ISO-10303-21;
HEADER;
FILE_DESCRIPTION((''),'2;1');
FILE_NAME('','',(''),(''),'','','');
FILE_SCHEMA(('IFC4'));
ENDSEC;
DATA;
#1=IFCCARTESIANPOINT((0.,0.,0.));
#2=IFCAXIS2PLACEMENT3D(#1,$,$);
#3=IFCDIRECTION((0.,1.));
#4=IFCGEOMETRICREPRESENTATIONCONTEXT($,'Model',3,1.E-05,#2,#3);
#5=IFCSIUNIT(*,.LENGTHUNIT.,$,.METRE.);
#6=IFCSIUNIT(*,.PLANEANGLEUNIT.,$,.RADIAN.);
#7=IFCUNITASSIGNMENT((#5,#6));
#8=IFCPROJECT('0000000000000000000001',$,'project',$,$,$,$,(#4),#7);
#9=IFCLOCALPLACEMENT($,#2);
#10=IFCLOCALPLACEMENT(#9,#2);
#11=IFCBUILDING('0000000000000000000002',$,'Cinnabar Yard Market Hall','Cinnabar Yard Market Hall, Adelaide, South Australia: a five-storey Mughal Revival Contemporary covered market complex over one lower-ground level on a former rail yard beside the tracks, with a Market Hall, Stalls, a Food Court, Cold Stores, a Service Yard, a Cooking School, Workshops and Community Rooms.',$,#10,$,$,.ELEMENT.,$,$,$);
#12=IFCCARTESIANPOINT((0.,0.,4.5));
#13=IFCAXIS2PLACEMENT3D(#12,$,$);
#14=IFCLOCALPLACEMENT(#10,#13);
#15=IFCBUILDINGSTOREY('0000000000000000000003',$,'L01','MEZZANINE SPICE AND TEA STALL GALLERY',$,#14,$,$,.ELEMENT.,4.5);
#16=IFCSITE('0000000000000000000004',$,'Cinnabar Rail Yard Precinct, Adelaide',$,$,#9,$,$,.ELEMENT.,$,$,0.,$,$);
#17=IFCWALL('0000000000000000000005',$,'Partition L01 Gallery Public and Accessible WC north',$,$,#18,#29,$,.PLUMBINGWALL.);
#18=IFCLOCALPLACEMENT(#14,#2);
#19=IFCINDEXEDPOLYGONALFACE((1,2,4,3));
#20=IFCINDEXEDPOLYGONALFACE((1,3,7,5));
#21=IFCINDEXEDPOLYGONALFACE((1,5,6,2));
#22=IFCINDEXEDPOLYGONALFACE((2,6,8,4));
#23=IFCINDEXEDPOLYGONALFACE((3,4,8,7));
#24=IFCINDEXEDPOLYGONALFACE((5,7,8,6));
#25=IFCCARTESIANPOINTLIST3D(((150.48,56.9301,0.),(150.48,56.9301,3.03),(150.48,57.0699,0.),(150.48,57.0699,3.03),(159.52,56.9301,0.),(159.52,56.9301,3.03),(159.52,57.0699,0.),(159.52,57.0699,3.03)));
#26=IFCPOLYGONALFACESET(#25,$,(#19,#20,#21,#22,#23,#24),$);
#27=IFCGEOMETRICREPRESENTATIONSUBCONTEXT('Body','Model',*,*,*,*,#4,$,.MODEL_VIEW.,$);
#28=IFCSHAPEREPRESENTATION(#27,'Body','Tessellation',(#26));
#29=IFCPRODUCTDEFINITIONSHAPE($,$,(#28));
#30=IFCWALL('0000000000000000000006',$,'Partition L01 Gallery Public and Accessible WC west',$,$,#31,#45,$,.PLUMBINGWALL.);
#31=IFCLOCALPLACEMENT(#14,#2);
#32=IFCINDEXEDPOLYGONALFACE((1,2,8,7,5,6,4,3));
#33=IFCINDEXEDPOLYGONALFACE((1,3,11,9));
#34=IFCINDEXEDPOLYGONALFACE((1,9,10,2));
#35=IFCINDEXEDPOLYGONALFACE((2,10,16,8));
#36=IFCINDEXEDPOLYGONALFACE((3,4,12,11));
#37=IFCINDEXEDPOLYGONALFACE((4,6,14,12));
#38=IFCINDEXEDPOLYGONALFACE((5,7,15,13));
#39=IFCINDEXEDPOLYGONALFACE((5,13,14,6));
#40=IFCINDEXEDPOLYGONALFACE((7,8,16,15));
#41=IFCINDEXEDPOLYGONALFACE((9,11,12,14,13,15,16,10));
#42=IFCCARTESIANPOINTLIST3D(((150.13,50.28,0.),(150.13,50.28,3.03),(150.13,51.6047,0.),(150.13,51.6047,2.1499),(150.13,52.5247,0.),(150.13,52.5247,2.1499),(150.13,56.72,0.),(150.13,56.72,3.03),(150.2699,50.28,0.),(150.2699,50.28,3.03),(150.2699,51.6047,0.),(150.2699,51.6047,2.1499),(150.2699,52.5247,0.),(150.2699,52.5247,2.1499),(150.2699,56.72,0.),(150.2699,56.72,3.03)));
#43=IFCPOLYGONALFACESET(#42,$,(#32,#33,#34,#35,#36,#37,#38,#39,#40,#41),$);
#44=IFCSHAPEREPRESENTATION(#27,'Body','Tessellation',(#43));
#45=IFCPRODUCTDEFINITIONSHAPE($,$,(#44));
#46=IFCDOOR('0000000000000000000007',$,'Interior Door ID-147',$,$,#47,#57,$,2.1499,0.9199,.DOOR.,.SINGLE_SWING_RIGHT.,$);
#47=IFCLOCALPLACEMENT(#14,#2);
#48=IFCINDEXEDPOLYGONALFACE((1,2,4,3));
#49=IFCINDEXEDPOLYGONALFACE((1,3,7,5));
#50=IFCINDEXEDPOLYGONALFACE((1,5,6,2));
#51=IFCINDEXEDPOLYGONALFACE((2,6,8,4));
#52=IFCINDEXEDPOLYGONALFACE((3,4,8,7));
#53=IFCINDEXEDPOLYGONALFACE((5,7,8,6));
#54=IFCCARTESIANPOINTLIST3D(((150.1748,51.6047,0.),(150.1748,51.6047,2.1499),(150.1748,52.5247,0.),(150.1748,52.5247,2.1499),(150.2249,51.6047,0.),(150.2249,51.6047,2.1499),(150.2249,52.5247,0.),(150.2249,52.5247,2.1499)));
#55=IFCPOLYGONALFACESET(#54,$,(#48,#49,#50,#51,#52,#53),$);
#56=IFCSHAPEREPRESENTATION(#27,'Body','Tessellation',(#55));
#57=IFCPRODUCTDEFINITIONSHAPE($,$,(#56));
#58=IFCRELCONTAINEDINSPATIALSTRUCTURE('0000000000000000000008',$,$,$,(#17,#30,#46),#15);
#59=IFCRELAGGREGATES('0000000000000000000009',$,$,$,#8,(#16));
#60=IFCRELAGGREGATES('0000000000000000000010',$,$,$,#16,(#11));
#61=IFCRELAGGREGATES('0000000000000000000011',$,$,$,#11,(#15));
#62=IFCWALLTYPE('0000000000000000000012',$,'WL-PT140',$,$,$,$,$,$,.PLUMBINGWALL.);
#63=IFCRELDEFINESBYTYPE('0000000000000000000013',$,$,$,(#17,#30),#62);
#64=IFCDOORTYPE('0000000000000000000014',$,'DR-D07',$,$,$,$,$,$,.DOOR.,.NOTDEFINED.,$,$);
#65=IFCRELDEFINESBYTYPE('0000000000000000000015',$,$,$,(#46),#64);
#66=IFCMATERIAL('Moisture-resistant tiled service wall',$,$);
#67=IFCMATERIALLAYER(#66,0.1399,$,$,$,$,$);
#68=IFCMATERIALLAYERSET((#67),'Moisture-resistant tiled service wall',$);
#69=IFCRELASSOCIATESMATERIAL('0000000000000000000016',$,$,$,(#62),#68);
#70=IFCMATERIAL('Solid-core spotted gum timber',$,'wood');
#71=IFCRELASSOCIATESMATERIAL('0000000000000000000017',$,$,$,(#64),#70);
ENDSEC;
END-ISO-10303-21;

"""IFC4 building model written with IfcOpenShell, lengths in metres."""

from ifc_helpers import new_model, si_unit, direction, frame, frame_2d, origin, place, context, subcontext, project, spatial, rectangle, extrude, material, layer, layer_set, type_object, element, fill, save


model = new_model("IFC4")

# Units and contexts
model_context = context("Model", 3, precision=1e-05, world=origin(), true_north=direction((0.0, 1.0)))
body_context = subcontext(model_context, "Body", "Model", "MODEL_VIEW")
ifc_project = project(units=[si_unit("LENGTHUNIT", "METRE"), si_unit("PLANEANGLEUNIT", "RADIAN")], contexts=[model_context])

# Site, building, storey
site_placement = place(None, origin())
site = spatial("IfcSite", under=ifc_project, at=site_placement, Name="Cinnabar Rail Yard Precinct, Adelaide", CompositionType="ELEMENT", RefElevation=0.0)
building_placement = place(site_placement, origin())
building = spatial("IfcBuilding", under=site, at=building_placement, Name="Cinnabar Yard Market Hall", Description="Cinnabar Yard Market Hall, Adelaide, South Australia: a five-storey Mughal Revival Contemporary covered market complex over one lower-ground level on a former rail yard beside the tracks, with a Market Hall, Stalls, a Food Court, Cold Stores, a Service Yard, a Cooking School, Workshops and Community Rooms.", CompositionType="ELEMENT")
storey_placement = place(building_placement, frame((0.0, 0.0, 4.5)))
storey = spatial("IfcBuildingStorey", under=building, at=storey_placement, Name="L01", Description="MEZZANINE SPICE AND TEA STALL GALLERY", CompositionType="ELEMENT", Elevation=4.5)

# Wall
ifc_material_1 = material(Name="Moisture-resistant tiled service wall")
ifc_layer_1 = layer(ifc_material_1, 0.1399)
ifc_layer_set_1 = layer_set([ifc_layer_1], Name="Moisture-resistant tiled service wall")
wall_type = type_object("IfcWallType", Name="WL-PT140", PredefinedType="PLUMBINGWALL", material=ifc_layer_set_1)
wall_1_placement = place(storey_placement, frame((159.52, 57.0, 0.0), z_axis=(0.0, 0.0, 1.0), x_axis=(-1.0, 0.0, 0.0)))
element("IfcWall", 1, at=wall_1_placement, inside=storey, type_object=wall_type, Name="Partition L01 Gallery Public and Accessible WC north", PredefinedType="PLUMBINGWALL", context=body_context, shape_type="SweptSolid", body=[
    extrude(rectangle(XDim=9.04, YDim=0.1399, at=frame_2d((4.52, 0.0), x_axis=(1.0, 0.0))), origin(), (0.0, 0.0, 1.0), 3.03),
])

# Wall, opening, door
wall_2_placement = place(storey_placement, frame((150.2, 56.72, 0.0), z_axis=(0.0, 0.0, 1.0), x_axis=(0.0, -1.0, 0.0)))
wall_2 = element("IfcWall", 2, at=wall_2_placement, inside=storey, type_object=wall_type, Name="Partition L01 Gallery Public and Accessible WC west", PredefinedType="PLUMBINGWALL", context=body_context, shape_type="SweptSolid", body=[
    extrude(rectangle(XDim=6.4399, YDim=0.1399, at=frame_2d((3.22, 0.0), x_axis=(1.0, 0.0))), origin(), (0.0, 0.0, 1.0), 3.03),
])
opening_placement = place(wall_2_placement, frame((4.1953, 0.0, 0.0)))
opening = element("IfcOpeningElement", 3, at=opening_placement, cuts=wall_2, PredefinedType="OPENING", context=body_context, shape_type="SweptSolid", body=[
    extrude(rectangle(XDim=0.9199, YDim=2.1499, at=frame_2d((0.46, 1.075), x_axis=(1.0, 0.0))), frame((0.0, 0.0798, 0.0), z_axis=(0.0, -1.0, 0.0), x_axis=(1.0, 0.0, 0.0)), (0.0, 0.0, 1.0), 0.1599),
])
ifc_material_2 = material(Name="Solid-core spotted gum timber", Category="wood")
door_type = type_object("IfcDoorType", Name="DR-D07", OperationType="NOTDEFINED", PredefinedType="DOOR", material=ifc_material_2)
door_placement = place(opening_placement, origin())
door = element("IfcDoor", 4, at=door_placement, inside=storey, type_object=door_type, Name="Interior Door ID-147", OperationType="SINGLE_SWING_RIGHT", OverallHeight=2.1499, OverallWidth=0.9199, PredefinedType="DOOR", context=body_context, shape_type="SweptSolid", body=[
    extrude(rectangle(XDim=0.9199, YDim=2.1499, at=frame_2d((0.46, 1.075), x_axis=(1.0, 0.0))), frame((0.0, 0.0249, 0.0), z_axis=(0.0, -1.0, 0.0), x_axis=(1.0, 0.0, 0.0)), (0.0, 0.0, 1.0), 0.05),
])
fill(opening, door)

save(model, "model.ifc")
